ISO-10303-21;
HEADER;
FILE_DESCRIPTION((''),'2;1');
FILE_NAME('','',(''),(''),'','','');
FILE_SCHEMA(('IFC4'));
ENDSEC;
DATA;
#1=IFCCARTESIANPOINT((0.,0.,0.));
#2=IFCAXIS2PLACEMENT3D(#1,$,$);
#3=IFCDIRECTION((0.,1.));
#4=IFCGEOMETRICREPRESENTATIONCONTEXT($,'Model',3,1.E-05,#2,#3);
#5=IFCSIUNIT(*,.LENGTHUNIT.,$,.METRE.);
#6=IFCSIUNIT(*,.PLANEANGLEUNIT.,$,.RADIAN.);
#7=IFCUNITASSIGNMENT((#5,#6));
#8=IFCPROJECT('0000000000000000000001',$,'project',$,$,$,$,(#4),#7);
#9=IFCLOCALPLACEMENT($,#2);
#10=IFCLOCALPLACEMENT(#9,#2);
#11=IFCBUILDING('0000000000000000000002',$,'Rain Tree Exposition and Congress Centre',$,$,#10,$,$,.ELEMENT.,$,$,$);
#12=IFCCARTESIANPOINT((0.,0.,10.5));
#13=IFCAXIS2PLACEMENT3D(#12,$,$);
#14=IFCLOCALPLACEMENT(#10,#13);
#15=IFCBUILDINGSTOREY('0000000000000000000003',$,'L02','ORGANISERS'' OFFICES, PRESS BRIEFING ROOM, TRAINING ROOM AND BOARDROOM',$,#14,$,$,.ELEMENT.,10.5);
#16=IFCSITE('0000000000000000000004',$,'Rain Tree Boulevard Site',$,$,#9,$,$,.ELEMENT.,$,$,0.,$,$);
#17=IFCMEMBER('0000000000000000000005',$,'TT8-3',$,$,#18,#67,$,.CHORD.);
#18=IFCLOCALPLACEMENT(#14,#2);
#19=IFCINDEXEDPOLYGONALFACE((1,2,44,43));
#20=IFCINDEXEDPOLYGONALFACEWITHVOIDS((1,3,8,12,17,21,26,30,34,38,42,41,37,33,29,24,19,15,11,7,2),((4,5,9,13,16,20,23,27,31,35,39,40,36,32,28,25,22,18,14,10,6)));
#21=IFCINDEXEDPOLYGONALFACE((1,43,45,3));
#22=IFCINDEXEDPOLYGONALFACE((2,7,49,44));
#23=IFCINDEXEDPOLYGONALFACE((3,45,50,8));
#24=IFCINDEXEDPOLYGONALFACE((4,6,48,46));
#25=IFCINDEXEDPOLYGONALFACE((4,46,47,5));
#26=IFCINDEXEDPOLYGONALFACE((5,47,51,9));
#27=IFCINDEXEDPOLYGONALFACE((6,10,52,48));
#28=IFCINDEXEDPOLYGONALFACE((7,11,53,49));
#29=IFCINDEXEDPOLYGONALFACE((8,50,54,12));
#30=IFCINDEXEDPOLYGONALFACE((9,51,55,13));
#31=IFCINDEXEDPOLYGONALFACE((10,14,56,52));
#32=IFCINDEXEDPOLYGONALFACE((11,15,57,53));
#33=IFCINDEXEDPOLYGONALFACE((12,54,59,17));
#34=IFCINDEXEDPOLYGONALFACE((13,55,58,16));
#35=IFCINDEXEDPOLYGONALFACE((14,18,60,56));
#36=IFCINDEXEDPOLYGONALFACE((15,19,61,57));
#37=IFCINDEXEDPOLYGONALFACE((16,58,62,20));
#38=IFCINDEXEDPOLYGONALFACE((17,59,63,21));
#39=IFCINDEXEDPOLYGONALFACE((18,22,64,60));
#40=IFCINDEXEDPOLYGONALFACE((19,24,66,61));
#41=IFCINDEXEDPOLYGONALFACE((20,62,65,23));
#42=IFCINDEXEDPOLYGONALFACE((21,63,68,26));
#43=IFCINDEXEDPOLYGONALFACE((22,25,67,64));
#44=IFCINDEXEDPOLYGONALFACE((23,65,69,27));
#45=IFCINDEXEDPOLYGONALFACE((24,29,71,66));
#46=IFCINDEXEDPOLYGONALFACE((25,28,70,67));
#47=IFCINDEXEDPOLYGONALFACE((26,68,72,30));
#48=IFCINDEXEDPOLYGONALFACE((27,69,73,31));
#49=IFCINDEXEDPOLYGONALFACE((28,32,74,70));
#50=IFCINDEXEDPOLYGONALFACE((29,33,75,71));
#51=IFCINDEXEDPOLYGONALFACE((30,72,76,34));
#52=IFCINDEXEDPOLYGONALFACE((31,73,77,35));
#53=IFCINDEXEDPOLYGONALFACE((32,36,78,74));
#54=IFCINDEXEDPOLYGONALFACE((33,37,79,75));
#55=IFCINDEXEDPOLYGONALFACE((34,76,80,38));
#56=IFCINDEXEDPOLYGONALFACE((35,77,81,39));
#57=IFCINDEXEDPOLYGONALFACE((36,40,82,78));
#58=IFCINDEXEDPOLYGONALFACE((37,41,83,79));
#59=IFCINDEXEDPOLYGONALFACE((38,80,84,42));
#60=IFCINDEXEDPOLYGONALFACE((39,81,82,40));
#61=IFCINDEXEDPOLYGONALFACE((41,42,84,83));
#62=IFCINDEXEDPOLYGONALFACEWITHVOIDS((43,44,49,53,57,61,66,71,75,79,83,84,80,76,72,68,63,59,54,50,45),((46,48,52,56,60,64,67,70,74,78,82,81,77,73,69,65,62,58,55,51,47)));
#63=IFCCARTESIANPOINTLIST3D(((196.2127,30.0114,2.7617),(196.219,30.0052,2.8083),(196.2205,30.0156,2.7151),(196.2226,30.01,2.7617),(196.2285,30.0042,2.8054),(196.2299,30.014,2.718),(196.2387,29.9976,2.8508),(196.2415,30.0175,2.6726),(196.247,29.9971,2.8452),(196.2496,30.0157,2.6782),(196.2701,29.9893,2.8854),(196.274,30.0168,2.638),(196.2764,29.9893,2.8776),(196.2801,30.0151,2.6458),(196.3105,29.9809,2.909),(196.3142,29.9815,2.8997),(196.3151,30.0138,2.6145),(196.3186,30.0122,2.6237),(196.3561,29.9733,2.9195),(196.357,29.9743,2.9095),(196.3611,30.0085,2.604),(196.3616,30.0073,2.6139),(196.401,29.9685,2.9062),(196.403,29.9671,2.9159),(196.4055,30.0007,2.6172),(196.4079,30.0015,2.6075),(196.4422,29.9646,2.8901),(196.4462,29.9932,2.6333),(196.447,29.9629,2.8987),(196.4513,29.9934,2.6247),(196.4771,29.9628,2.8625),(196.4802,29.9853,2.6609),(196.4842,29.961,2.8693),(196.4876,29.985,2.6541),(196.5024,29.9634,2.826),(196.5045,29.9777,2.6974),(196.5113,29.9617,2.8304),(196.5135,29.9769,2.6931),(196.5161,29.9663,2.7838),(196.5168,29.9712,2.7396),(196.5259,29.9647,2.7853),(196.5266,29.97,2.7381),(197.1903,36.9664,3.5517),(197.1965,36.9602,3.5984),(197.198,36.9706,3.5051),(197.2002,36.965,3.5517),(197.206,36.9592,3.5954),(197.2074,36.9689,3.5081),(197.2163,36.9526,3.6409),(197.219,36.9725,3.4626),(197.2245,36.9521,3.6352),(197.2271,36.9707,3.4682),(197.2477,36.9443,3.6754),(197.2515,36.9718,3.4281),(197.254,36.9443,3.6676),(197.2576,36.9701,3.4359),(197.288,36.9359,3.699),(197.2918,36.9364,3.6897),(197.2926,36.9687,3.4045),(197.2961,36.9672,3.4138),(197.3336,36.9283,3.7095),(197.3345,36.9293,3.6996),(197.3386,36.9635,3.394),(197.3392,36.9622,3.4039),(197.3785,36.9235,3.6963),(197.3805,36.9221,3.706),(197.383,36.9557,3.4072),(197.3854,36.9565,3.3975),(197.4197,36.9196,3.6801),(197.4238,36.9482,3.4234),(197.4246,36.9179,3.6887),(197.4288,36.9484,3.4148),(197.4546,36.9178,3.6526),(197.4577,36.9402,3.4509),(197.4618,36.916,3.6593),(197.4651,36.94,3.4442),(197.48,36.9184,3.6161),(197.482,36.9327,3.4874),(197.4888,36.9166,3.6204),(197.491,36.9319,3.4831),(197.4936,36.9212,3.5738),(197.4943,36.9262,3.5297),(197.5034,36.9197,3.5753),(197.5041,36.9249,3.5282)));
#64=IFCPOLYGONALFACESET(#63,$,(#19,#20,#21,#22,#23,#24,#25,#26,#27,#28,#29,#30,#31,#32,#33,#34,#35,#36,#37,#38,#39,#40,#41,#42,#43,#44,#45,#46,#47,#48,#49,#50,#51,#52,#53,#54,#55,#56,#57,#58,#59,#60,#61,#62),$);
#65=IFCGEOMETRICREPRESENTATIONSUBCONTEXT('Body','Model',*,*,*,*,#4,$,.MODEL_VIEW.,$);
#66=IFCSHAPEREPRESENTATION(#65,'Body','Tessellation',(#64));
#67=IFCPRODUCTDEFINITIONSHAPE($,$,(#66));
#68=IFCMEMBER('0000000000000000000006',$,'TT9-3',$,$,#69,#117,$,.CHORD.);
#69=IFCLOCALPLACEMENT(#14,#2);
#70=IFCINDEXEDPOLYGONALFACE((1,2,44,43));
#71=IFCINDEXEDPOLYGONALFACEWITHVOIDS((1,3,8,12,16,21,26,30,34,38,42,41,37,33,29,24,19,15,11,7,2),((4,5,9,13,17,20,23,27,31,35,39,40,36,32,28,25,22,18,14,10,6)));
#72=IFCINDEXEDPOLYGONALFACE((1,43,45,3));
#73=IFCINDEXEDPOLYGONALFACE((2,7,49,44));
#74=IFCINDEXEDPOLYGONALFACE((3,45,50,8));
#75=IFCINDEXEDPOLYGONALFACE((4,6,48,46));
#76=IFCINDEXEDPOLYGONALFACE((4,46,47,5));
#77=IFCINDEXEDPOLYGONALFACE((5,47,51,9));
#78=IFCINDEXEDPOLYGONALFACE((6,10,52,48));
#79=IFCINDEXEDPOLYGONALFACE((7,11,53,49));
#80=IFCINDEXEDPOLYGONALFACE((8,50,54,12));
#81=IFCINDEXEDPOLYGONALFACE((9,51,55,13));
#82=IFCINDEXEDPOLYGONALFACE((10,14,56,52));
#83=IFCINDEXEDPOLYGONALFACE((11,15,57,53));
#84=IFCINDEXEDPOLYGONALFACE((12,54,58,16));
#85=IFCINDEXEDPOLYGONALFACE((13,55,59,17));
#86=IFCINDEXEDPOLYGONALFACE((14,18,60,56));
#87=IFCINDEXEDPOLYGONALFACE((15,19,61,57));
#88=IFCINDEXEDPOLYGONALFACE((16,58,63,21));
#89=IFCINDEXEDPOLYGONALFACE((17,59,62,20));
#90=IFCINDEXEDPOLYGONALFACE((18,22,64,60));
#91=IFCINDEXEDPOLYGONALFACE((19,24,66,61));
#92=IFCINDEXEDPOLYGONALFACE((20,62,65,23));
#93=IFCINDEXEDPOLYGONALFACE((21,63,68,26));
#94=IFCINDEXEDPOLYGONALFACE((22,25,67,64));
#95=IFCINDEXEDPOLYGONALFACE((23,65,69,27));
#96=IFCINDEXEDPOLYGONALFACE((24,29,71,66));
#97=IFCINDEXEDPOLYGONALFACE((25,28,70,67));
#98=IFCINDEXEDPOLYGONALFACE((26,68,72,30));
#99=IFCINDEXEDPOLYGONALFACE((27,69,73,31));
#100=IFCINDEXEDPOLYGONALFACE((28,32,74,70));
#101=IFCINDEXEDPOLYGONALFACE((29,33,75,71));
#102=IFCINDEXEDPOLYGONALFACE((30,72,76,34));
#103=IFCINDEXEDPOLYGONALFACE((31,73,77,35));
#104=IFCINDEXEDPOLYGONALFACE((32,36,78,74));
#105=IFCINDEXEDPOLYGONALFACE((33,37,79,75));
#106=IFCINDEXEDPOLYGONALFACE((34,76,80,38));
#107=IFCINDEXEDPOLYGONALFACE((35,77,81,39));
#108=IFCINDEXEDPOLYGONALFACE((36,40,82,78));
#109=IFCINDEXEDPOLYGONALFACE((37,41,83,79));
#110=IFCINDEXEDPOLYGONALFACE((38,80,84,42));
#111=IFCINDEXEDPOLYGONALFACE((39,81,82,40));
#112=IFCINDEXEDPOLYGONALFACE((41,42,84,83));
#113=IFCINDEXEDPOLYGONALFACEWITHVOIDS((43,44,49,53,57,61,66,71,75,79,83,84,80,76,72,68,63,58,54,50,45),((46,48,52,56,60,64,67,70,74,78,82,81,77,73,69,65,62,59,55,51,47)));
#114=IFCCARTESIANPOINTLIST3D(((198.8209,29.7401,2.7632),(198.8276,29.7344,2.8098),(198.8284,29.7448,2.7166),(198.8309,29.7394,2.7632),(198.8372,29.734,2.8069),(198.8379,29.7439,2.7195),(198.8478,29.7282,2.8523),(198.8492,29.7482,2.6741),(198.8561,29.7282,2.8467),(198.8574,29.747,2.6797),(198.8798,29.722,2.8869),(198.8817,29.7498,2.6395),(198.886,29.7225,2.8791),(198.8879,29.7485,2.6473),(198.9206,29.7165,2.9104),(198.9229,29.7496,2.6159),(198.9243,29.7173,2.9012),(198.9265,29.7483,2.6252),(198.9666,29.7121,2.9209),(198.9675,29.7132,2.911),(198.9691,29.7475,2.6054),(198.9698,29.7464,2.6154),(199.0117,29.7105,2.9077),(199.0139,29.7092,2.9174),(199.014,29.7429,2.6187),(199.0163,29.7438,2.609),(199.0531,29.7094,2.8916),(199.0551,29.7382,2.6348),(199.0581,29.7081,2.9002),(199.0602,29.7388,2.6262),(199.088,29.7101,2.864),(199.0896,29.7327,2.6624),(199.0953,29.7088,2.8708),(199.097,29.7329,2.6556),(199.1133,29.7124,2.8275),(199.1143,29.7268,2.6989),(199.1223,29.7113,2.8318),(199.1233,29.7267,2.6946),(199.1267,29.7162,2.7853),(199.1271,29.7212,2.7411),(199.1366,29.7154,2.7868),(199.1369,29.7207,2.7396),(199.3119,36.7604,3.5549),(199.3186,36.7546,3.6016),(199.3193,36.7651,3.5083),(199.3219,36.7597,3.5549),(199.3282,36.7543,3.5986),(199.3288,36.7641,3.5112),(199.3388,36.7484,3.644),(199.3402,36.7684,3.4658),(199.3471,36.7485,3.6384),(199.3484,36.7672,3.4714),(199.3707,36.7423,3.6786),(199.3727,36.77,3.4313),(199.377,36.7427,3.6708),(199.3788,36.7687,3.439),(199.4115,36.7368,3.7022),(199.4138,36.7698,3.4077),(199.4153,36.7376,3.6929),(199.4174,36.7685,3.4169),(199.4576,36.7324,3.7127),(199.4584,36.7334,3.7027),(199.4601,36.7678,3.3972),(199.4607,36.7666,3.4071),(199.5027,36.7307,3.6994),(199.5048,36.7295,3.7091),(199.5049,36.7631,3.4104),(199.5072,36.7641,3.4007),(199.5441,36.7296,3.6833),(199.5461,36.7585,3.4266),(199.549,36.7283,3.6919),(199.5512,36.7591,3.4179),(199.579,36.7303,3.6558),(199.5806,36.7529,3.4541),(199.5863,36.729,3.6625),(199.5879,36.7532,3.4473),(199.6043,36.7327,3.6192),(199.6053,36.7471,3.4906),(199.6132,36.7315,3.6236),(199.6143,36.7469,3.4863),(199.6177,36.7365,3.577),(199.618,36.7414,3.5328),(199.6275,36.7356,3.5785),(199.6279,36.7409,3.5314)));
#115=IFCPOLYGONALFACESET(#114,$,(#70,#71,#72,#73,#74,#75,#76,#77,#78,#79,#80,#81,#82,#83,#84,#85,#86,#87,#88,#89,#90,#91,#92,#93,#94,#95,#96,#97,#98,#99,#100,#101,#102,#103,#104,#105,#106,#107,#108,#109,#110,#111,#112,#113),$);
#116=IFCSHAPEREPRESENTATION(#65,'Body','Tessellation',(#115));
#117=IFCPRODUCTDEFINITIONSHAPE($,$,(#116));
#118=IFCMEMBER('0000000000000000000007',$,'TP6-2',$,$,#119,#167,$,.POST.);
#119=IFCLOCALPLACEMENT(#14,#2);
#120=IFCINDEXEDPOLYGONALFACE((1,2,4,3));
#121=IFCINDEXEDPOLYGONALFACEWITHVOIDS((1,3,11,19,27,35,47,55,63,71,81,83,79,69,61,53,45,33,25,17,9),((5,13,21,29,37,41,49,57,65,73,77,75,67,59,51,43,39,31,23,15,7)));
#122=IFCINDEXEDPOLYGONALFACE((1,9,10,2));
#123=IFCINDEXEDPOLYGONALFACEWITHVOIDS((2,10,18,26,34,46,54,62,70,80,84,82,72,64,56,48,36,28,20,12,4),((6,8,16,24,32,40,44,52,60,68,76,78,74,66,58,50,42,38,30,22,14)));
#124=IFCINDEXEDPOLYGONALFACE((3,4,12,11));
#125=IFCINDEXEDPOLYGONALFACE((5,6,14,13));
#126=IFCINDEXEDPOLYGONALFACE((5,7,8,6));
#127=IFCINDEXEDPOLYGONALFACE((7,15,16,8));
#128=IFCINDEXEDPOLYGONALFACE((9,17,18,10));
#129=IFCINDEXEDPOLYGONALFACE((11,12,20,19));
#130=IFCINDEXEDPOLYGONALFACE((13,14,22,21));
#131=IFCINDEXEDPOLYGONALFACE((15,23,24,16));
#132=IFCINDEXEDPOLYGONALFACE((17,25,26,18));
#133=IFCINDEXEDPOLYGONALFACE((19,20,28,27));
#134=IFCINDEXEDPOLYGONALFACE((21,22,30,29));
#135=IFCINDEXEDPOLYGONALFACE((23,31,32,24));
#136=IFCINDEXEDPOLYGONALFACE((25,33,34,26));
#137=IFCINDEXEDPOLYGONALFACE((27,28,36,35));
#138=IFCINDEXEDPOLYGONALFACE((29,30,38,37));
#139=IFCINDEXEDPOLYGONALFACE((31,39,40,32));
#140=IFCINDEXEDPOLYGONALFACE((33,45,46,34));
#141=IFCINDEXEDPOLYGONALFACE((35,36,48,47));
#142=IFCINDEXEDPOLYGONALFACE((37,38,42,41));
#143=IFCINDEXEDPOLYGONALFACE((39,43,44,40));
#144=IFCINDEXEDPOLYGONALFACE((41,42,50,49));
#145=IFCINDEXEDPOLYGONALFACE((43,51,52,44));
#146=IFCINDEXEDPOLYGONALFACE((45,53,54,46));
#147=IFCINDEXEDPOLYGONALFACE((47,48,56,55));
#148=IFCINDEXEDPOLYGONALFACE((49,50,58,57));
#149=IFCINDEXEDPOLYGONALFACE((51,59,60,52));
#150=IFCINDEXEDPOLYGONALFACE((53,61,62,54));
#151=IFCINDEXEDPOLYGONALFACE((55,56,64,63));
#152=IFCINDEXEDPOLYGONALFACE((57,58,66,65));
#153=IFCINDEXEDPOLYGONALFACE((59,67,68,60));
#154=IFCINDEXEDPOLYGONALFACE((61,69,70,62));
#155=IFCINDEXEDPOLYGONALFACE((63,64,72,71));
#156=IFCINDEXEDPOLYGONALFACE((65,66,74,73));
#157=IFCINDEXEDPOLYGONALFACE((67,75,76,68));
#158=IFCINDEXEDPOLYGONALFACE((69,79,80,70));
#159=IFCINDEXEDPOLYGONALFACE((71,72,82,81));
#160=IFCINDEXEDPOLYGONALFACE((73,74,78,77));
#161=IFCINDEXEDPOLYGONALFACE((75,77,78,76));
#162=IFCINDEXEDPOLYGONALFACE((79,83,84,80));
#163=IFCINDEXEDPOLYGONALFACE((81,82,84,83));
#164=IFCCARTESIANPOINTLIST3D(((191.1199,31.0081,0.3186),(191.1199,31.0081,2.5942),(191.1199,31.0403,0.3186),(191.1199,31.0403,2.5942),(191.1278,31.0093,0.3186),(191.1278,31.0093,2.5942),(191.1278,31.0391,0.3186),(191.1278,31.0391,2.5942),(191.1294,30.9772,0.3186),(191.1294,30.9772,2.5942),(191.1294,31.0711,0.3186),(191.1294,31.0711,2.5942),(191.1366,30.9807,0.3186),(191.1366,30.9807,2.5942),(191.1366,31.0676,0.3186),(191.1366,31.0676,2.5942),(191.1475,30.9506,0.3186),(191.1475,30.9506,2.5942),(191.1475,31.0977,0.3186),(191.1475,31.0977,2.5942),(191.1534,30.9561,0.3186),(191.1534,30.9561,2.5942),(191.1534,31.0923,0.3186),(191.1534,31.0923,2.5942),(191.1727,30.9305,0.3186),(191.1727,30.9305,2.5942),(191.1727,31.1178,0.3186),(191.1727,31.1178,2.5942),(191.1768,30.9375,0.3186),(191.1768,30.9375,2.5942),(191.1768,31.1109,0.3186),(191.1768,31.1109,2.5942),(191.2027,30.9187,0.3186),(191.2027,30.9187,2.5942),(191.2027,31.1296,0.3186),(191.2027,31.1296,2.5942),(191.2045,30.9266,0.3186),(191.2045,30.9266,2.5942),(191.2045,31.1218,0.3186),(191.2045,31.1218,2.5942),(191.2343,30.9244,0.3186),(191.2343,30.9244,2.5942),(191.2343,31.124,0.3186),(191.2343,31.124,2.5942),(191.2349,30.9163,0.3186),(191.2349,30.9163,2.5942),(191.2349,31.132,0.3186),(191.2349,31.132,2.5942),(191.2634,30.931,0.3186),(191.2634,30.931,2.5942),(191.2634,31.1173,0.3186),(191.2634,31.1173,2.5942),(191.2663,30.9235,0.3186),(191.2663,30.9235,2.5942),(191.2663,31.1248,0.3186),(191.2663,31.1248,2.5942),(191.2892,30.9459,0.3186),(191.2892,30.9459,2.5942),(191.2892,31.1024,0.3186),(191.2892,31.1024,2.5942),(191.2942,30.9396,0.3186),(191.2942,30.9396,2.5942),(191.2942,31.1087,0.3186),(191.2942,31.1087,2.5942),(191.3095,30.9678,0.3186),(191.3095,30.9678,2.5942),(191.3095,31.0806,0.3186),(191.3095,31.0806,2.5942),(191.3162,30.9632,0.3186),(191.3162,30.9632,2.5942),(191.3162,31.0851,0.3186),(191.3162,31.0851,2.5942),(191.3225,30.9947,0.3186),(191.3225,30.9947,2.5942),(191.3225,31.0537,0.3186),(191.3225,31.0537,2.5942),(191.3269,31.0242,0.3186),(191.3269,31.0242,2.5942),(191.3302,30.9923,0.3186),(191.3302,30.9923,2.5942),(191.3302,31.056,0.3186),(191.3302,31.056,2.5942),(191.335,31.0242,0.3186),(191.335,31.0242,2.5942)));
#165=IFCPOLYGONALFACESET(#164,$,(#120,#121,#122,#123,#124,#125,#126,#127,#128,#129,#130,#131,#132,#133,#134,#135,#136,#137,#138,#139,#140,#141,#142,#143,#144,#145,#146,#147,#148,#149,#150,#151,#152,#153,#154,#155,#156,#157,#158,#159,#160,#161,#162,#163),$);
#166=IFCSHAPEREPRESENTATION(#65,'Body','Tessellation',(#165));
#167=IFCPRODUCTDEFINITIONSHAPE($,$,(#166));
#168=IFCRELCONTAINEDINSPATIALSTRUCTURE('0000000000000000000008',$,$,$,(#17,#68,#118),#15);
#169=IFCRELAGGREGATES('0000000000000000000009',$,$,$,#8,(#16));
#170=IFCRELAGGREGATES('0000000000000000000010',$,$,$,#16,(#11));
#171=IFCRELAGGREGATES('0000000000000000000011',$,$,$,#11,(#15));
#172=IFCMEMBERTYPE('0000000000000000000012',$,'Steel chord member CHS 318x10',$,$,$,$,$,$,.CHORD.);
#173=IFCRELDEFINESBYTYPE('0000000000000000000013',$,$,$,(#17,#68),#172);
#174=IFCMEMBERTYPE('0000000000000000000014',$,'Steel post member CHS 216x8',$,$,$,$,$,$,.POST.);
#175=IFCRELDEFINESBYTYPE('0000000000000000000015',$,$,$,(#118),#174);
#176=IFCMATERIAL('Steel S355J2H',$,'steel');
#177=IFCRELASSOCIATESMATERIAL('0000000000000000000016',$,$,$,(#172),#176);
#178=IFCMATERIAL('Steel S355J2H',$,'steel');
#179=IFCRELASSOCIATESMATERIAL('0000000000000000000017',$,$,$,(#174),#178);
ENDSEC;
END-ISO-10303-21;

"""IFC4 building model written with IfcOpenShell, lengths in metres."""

from ifc_helpers import new_model, si_unit, direction, frame, origin, origin_2d, place, context, subcontext, project, spatial, hollow_circle, extrude, material, material_profile, profile_set, type_object, element, save


model = new_model("IFC4")

# Units and contexts
model_context = context("Model", 3, precision=1e-05, world=origin(), true_north=direction((0.0, 1.0)))
body_context = subcontext(model_context, "Body", "Model", "MODEL_VIEW")
ifc_project = project(units=[si_unit("LENGTHUNIT", "METRE"), si_unit("PLANEANGLEUNIT", "RADIAN")], contexts=[model_context])

# Site, building, storey
site_placement = place(None, origin())
site = spatial("IfcSite", under=ifc_project, at=site_placement, Name="Rain Tree Boulevard Site", CompositionType="ELEMENT", RefElevation=0.0)
building_placement = place(site_placement, origin())
building = spatial("IfcBuilding", under=site, at=building_placement, Name="Rain Tree Exposition and Congress Centre", CompositionType="ELEMENT")
storey_placement = place(building_placement, frame((0.0, 0.0, 10.5)))
storey = spatial("IfcBuildingStorey", under=building, at=storey_placement, Name="L02", Description="ORGANISERS' OFFICES, PRESS BRIEFING ROOM, TRAINING ROOM AND BOARDROOM", CompositionType="ELEMENT", Elevation=10.5)

# Members
ifc_material_1 = material(Name="Steel S355J2H", Category="steel")
ifc_material_profile_1 = material_profile(ifc_material_1, hollow_circle(Radius=0.1592, WallThickness=0.01, at=origin_2d()), Name="CHS 318x10")
ifc_profile_set_1 = profile_set([ifc_material_profile_1], Name="Steel S355J2H")
member_type_1 = type_object("IfcMemberType", Name="Steel chord member CHS 318x10", PredefinedType="CHORD", material=ifc_profile_set_1)
member_1_placement = place(storey_placement, frame((196.3704, 29.9893, 2.7617), z_axis=(0.13831, 0.984061, 0.111781), x_axis=(-0.990267, 0.139182, 0.0)))
element("IfcMember", 1, at=member_1_placement, inside=storey, type_object=member_type_1, Name="TT8-3", PredefinedType="CHORD", context=body_context, shape_type="SweptSolid", body=[
    extrude(hollow_circle(Radius=0.1592, WallThickness=0.01, at=origin_2d()), origin(), (0.0, 0.0, 1.0), 7.0676),
])
member_2_placement = place(storey_placement, frame((198.9797, 29.729, 2.7632), z_axis=(0.069328, 0.991309, 0.1118), x_axis=(-0.997563, 0.069765, 0.0)))
element("IfcMember", 2, at=member_2_placement, inside=storey, type_object=member_type_1, Name="TT9-3", PredefinedType="CHORD", context=body_context, shape_type="SweptSolid", body=[
    extrude(hollow_circle(Radius=0.1592, WallThickness=0.01, at=origin_2d()), origin(), (0.0, 0.0, 1.0), 7.0818),
])
ifc_material_2 = material(Name="Steel S355J2H", Category="steel")
ifc_material_profile_2 = material_profile(ifc_material_2, hollow_circle(Radius=0.1082, WallThickness=0.0081, at=origin_2d()), Name="CHS 216x8")
ifc_profile_set_2 = profile_set([ifc_material_profile_2], Name="Steel S355J2H")
member_type_2 = type_object("IfcMemberType", Name="Steel post member CHS 216x8", PredefinedType="POST", material=ifc_profile_set_2)
member_3_placement = place(storey_placement, frame((191.2268, 31.0242, 0.3186), z_axis=(0.0, 0.0, 1.0), x_axis=(1.0, 0.0, 0.0)))
element("IfcMember", 3, at=member_3_placement, inside=storey, type_object=member_type_2, Name="TP6-2", PredefinedType="POST", context=body_context, shape_type="SweptSolid", body=[
    extrude(hollow_circle(Radius=0.1082, WallThickness=0.0081, at=origin_2d()), origin(), (0.0, 0.0, 1.0), 2.2756),
])

save(model, "model.ifc")
